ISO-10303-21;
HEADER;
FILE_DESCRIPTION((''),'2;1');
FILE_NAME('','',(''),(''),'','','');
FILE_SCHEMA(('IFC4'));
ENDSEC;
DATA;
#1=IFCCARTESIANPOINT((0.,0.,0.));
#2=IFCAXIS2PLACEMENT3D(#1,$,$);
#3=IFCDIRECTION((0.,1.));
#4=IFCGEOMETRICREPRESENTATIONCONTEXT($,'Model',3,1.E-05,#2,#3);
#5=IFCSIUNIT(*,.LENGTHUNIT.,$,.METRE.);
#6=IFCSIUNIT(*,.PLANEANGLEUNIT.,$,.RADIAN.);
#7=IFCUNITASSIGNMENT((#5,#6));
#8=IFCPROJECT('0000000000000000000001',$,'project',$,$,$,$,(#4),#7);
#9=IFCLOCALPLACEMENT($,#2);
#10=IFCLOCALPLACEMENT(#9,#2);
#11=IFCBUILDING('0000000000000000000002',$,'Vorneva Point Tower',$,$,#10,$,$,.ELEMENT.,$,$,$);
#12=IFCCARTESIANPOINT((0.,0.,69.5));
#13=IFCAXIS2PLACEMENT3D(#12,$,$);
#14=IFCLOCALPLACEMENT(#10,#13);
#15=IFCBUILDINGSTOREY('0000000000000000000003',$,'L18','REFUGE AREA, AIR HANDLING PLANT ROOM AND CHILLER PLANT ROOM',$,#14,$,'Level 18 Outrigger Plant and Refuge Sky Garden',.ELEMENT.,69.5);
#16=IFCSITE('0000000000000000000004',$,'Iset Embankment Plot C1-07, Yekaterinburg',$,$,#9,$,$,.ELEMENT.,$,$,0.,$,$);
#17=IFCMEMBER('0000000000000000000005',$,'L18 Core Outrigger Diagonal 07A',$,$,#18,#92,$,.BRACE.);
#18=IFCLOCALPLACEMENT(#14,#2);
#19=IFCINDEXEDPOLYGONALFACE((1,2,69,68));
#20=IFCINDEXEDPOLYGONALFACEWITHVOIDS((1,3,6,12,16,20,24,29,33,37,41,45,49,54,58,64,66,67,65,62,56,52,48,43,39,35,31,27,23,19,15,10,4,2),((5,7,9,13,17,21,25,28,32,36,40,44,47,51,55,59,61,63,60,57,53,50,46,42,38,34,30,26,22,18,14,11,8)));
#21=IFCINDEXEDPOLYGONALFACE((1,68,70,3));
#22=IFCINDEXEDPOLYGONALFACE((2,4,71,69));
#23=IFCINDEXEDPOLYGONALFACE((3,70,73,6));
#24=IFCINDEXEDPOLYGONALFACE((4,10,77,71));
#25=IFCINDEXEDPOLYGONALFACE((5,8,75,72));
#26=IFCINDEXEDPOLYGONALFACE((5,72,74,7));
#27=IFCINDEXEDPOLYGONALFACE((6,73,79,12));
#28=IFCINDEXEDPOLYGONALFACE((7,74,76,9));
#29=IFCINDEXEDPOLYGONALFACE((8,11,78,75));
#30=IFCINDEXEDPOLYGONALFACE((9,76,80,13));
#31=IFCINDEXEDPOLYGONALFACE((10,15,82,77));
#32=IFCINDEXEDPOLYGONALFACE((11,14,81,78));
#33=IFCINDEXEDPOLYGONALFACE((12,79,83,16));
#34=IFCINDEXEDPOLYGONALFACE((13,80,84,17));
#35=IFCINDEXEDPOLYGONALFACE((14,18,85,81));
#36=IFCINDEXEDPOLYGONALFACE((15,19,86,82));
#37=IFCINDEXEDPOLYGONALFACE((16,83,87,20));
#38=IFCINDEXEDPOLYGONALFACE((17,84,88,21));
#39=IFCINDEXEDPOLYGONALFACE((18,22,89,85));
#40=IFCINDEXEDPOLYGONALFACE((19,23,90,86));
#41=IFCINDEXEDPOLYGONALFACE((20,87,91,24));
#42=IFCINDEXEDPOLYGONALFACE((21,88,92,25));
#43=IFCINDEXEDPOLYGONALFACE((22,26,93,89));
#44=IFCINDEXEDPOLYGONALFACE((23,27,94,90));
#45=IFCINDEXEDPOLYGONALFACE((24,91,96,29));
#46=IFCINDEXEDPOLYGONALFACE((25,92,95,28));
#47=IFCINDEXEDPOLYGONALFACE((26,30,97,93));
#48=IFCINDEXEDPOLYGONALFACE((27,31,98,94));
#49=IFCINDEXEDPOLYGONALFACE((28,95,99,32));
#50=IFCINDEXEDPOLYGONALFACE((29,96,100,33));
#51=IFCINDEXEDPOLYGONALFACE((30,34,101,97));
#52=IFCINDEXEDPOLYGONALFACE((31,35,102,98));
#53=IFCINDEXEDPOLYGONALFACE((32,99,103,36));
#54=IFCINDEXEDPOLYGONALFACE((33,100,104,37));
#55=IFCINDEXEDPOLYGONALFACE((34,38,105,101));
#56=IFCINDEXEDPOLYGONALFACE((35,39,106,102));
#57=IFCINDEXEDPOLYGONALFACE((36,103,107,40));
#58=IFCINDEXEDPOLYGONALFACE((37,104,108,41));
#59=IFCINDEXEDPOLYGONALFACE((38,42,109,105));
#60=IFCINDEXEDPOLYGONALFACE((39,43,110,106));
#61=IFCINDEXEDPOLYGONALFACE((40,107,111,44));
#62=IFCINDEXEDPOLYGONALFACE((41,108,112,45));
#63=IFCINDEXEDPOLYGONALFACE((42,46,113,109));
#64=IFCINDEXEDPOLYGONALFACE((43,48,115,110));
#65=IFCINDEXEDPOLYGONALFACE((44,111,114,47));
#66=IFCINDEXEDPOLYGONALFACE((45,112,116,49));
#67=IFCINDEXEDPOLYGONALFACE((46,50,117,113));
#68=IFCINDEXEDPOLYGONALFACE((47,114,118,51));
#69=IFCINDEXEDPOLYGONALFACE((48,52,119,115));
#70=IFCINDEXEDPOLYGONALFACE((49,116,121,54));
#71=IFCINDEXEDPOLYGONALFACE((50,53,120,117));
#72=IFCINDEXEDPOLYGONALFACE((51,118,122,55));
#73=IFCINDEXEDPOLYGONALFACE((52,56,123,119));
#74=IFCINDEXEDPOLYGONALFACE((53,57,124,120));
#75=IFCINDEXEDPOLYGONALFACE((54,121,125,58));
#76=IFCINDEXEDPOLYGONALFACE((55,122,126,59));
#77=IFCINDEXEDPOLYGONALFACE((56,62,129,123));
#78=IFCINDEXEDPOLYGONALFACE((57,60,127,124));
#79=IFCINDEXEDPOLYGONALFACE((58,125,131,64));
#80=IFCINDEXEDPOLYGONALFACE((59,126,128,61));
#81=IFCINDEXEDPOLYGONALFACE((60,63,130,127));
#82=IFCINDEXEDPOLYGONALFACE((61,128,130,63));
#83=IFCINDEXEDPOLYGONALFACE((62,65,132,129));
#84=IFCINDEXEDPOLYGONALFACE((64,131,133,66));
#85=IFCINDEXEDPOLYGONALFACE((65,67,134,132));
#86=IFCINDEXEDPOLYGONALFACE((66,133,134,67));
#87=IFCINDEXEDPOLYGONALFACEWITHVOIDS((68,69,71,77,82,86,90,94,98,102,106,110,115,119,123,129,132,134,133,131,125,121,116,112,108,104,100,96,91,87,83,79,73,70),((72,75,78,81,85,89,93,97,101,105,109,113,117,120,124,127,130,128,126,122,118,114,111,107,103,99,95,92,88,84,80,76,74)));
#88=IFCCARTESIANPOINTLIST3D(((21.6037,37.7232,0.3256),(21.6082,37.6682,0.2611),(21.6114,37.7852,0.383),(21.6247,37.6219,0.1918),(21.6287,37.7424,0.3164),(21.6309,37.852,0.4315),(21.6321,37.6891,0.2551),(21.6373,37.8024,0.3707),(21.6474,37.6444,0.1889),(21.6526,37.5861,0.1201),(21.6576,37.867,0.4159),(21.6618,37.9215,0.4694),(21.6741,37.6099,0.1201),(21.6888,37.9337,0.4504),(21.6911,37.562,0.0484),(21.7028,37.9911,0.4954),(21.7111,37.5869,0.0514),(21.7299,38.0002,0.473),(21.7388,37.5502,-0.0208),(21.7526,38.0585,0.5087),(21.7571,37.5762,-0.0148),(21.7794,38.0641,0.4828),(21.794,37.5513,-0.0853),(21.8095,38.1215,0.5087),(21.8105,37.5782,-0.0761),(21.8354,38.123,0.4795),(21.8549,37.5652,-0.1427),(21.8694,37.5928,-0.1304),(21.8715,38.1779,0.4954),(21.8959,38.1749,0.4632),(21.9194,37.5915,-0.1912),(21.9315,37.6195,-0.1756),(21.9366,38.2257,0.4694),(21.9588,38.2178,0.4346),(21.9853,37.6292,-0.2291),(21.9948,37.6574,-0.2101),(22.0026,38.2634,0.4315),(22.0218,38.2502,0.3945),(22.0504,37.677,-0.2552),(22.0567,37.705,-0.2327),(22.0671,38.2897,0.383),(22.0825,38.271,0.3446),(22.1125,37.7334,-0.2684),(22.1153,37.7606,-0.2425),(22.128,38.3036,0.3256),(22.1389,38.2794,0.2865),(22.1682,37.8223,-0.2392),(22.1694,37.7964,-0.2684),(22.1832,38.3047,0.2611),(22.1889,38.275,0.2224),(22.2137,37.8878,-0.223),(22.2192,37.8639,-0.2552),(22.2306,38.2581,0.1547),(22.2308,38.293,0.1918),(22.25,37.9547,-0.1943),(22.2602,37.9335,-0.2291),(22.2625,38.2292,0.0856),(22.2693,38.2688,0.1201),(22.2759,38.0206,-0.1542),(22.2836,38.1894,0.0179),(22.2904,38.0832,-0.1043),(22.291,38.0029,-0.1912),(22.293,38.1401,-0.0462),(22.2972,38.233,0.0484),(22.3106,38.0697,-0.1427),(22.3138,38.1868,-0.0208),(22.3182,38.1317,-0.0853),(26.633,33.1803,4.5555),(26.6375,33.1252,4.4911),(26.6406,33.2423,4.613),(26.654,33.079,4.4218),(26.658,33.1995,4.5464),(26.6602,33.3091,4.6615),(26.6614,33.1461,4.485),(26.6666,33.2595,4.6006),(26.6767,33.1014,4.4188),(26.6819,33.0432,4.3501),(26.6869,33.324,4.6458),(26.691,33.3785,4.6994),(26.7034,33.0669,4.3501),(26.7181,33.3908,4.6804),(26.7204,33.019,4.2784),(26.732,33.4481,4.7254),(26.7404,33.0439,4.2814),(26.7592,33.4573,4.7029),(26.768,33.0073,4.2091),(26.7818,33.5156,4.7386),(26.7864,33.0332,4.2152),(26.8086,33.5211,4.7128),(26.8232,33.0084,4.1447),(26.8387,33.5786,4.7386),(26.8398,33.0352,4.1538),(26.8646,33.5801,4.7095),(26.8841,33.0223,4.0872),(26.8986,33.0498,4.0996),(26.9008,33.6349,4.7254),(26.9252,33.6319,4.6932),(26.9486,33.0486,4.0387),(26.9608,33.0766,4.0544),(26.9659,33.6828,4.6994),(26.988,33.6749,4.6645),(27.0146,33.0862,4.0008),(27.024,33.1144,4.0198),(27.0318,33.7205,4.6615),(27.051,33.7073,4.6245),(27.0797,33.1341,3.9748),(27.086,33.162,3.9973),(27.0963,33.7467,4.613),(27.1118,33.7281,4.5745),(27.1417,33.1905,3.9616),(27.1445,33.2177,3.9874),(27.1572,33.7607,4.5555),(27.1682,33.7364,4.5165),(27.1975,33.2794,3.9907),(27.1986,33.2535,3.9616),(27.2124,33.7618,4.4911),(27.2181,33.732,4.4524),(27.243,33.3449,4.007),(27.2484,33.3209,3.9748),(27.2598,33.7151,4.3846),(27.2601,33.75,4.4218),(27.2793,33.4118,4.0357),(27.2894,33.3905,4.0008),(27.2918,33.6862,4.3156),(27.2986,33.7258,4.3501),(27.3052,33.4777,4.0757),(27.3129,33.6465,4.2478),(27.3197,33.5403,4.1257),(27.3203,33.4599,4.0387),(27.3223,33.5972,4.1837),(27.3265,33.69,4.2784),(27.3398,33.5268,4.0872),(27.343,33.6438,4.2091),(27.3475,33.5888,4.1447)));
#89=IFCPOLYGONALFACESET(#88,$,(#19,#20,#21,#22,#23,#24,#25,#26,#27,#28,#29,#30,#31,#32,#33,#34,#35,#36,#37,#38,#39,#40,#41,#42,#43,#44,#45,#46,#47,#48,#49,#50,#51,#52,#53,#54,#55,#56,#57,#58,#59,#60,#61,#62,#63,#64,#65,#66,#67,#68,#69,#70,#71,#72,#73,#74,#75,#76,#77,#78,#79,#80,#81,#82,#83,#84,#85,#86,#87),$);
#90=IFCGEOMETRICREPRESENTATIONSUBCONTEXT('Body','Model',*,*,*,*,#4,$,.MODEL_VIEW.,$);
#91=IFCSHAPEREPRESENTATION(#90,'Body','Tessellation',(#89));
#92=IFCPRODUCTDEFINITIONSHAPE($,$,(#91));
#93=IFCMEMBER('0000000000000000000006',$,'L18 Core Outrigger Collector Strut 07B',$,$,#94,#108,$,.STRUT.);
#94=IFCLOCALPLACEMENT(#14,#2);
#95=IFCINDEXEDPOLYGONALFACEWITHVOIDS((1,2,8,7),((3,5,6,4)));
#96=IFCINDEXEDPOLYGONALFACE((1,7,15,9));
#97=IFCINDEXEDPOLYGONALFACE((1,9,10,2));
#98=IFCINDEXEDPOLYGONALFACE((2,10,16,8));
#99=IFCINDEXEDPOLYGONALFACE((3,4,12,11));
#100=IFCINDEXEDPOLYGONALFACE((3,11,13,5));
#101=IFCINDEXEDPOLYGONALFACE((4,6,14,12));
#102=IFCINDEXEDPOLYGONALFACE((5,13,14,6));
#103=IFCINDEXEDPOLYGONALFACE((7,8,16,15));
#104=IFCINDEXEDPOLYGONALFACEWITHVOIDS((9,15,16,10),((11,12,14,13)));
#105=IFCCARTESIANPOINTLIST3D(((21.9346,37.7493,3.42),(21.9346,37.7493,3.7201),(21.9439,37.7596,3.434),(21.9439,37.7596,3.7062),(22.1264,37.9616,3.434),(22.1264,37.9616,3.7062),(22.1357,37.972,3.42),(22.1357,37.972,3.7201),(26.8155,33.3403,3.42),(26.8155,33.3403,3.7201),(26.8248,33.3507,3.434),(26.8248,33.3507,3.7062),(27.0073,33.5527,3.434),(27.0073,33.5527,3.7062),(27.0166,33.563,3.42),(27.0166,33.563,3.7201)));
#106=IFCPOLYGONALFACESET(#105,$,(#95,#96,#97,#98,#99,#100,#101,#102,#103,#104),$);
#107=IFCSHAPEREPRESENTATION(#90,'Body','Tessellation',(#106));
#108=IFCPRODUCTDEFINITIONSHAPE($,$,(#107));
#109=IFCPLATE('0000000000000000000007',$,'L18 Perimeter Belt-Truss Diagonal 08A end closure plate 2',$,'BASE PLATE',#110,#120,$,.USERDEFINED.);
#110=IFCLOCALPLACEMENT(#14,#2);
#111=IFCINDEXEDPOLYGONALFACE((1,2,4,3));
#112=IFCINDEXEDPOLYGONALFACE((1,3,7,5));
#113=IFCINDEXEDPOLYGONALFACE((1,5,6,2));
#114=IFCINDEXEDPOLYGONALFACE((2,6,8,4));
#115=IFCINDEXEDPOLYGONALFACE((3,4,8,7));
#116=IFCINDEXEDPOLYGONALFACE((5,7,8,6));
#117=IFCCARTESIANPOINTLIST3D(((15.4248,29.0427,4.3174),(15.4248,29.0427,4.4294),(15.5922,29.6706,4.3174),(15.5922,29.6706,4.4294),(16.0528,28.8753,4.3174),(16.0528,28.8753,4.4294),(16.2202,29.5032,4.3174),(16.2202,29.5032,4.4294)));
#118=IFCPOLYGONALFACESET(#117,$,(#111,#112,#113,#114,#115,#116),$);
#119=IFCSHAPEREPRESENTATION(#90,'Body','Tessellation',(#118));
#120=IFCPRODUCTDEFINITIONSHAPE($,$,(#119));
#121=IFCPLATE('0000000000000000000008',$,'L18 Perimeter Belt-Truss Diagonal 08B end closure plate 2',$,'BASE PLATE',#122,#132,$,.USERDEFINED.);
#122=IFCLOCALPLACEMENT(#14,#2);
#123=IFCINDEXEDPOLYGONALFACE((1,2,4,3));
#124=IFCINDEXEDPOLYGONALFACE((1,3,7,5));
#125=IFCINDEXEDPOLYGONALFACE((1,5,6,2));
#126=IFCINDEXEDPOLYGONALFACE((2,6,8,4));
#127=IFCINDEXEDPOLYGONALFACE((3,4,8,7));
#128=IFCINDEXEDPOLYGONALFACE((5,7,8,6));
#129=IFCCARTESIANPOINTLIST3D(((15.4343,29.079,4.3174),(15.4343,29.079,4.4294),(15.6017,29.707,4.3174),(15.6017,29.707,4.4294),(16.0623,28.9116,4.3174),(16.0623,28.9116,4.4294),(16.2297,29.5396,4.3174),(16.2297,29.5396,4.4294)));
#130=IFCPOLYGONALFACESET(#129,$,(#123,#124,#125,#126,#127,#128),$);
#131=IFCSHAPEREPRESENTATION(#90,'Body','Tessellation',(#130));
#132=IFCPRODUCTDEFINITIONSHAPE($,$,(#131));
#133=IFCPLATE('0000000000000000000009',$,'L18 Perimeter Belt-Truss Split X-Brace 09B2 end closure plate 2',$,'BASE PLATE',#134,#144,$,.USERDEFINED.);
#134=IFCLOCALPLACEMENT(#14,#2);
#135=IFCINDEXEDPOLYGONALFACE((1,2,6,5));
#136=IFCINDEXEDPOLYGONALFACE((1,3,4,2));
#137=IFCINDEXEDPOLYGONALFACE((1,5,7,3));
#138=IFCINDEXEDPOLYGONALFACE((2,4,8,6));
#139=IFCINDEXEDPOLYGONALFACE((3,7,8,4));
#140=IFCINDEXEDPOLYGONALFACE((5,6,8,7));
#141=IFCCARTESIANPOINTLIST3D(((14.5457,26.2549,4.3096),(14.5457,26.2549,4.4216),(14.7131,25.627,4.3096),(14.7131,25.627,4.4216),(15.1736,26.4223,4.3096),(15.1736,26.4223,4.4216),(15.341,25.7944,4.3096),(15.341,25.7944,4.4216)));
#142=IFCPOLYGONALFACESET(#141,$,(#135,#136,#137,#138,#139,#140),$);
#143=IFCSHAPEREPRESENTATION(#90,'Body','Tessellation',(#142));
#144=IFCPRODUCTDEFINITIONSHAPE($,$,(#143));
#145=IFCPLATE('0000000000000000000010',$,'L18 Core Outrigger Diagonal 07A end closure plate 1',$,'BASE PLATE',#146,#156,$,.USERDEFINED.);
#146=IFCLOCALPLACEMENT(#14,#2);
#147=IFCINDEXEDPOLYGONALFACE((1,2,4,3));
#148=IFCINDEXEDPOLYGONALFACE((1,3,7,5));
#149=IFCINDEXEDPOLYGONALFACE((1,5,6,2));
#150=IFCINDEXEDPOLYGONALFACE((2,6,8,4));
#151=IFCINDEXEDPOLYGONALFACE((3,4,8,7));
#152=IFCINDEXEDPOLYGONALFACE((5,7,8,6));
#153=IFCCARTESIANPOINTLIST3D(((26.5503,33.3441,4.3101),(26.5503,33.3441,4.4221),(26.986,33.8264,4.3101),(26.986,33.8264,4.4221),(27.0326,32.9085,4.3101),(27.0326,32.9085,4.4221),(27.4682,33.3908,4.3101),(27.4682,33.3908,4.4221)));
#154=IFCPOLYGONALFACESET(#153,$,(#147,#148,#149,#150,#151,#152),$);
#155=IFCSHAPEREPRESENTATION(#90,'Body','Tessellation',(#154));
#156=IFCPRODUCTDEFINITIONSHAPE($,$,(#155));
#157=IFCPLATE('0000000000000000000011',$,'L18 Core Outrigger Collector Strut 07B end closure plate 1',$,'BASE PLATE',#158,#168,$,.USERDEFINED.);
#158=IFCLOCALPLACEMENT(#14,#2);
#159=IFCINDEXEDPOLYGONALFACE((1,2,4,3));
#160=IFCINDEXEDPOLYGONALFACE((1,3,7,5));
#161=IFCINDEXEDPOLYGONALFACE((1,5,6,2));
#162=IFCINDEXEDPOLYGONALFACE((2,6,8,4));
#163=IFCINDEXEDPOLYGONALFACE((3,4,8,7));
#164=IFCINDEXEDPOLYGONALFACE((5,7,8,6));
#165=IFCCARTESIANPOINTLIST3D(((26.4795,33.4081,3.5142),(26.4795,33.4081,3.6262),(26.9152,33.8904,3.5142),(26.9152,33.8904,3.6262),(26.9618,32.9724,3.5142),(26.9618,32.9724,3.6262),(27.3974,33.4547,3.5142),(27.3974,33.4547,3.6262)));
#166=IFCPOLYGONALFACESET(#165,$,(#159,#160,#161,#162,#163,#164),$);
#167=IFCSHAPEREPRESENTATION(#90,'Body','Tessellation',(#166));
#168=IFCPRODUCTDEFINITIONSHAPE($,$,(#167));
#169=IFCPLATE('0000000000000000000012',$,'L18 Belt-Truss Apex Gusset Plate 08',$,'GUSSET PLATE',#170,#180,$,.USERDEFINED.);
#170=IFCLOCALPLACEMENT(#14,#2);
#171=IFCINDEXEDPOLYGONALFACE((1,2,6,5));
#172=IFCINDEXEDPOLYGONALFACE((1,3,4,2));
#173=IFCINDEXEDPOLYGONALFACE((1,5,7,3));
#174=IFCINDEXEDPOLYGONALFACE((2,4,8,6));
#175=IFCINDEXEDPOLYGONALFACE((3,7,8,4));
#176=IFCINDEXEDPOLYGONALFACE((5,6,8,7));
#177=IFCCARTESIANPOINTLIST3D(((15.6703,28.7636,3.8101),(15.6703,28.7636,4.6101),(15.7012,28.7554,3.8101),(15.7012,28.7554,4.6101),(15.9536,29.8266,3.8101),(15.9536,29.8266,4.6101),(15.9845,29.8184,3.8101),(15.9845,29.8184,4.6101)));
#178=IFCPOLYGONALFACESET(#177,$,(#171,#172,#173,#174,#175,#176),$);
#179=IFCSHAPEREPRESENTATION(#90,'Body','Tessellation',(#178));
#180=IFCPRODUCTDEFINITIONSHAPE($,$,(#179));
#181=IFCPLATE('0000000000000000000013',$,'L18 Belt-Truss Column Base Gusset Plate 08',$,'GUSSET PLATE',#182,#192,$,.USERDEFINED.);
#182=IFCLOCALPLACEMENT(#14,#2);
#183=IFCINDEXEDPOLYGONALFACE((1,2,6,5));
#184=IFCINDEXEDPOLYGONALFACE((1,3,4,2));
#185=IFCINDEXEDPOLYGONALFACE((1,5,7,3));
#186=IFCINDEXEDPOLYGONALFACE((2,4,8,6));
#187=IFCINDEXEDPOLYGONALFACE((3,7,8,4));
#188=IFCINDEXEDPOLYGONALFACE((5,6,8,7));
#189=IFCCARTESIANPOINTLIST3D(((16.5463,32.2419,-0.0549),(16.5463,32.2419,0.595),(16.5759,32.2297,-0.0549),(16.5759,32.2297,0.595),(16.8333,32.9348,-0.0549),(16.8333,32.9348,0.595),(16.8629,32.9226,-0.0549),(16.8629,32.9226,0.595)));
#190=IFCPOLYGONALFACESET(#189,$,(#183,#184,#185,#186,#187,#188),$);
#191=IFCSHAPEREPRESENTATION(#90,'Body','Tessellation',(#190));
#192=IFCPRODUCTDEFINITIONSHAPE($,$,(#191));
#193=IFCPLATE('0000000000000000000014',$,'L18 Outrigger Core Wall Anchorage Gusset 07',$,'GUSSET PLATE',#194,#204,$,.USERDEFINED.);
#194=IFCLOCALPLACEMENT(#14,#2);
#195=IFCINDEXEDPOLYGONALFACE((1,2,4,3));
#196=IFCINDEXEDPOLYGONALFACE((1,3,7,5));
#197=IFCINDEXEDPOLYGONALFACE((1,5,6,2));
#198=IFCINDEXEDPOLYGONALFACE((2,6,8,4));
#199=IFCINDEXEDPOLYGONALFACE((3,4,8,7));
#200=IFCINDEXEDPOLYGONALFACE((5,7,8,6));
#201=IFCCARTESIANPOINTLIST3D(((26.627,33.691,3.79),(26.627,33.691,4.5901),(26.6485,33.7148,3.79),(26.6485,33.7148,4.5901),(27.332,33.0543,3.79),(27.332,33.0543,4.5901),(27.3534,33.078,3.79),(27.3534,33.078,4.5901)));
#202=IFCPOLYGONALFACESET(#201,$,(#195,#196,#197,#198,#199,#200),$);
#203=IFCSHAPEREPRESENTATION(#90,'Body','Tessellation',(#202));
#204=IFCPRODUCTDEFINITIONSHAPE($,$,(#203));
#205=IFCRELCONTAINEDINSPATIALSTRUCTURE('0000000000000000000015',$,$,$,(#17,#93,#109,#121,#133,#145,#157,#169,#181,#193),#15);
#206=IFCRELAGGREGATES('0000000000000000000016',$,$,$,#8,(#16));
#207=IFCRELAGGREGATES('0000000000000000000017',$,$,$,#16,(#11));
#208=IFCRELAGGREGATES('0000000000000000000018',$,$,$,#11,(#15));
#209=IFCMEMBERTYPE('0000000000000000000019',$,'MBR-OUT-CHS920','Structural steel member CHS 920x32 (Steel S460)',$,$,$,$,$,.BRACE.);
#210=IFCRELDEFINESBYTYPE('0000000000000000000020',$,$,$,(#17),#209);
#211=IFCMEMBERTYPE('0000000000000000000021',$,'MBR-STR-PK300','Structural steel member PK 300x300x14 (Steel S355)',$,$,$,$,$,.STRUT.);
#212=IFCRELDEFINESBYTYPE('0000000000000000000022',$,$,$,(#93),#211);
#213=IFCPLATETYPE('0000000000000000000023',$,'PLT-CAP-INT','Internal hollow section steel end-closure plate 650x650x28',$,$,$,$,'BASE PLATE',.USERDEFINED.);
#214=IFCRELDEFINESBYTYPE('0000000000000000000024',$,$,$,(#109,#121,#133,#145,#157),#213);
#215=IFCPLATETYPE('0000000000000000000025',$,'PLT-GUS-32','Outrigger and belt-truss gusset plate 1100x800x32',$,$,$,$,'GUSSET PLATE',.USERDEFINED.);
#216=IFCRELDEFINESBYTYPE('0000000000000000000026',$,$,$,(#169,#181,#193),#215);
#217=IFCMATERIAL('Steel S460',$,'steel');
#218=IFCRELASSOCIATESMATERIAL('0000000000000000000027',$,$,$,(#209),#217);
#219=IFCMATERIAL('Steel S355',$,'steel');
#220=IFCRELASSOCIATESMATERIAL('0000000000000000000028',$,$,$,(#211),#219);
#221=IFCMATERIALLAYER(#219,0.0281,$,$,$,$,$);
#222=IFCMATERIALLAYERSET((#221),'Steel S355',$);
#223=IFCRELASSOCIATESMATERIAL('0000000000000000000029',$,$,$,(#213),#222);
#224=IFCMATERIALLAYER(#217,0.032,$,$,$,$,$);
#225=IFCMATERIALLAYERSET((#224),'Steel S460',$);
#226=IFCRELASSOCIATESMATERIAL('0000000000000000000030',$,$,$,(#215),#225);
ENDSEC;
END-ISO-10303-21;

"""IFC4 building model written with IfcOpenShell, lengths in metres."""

from ifc_helpers import new_model, si_unit, direction, frame, origin, origin_2d, place, context, subcontext, project, spatial, rectangle, hollow_rectangle, hollow_circle, extrude, material, layer, layer_set, material_profile, profile_set, type_object, element, save


model = new_model("IFC4")

# Units and contexts
model_context = context("Model", 3, precision=1e-05, world=origin(), true_north=direction((0.0, 1.0)))
body_context = subcontext(model_context, "Body", "Model", "MODEL_VIEW")
ifc_project = project(units=[si_unit("LENGTHUNIT", "METRE"), si_unit("PLANEANGLEUNIT", "RADIAN")], contexts=[model_context])

# Site, building, storey
site_placement = place(None, origin())
site = spatial("IfcSite", under=ifc_project, at=site_placement, Name="Iset Embankment Plot C1-07, Yekaterinburg", CompositionType="ELEMENT", RefElevation=0.0)
building_placement = place(site_placement, origin())
building = spatial("IfcBuilding", under=site, at=building_placement, Name="Vorneva Point Tower", CompositionType="ELEMENT")
storey_placement = place(building_placement, frame((0.0, 0.0, 69.5)))
storey = spatial("IfcBuildingStorey", under=building, at=storey_placement, Name="L18", Description="REFUGE AREA, AIR HANDLING PLANT ROOM AND CHILLER PLANT ROOM", LongName="Level 18 Outrigger Plant and Refuge Sky Garden", CompositionType="ELEMENT", Elevation=69.5)

# Shared definitions
ifc_material_1 = material(Name="Steel S460", Category="steel")
ifc_material_2 = material(Name="Steel S355", Category="steel")

# Members
ifc_material_profile_1 = material_profile(ifc_material_1, hollow_circle(Radius=0.46, WallThickness=0.032, at=origin_2d()), Name="CHS 920x32")
ifc_profile_set_1 = profile_set([ifc_material_profile_1], Name="Steel S460")
member_type_1 = type_object("IfcMemberType", Name="MBR-OUT-CHS920", Description="Structural steel member CHS 920x32 (Steel S460)", PredefinedType="BRACE", material=ifc_profile_set_1)
member_1_placement = place(storey_placement, frame((26.9902, 33.3845, 4.3501), z_axis=(-0.629523, 0.568649, -0.529471), x_axis=(-0.670317, -0.742075, 0.0)))
element("IfcMember", 1, at=member_1_placement, inside=storey, type_object=member_type_1, Name="L18 Core Outrigger Diagonal 07A", PredefinedType="BRACE", context=body_context, shape_type="SweptSolid", body=[
    extrude(hollow_circle(Radius=0.46, WallThickness=0.032, at=origin_2d()), origin(), (0.0, 0.0, 1.0), 7.989),
])
ifc_material_profile_2 = material_profile(ifc_material_2, hollow_rectangle(XDim=0.3, YDim=0.3, WallThickness=0.0139, at=origin_2d()), Name="PK 300x300x14")
ifc_profile_set_2 = profile_set([ifc_material_profile_2], Name="Steel S355")
member_type_2 = type_object("IfcMemberType", Name="MBR-STR-PK300", Description="Structural steel member PK 300x300x14 (Steel S355)", PredefinedType="STRUT", material=ifc_profile_set_2)
member_2_placement = place(storey_placement, frame((26.916, 33.4517, 3.5701), z_axis=(-0.742071, 0.670321, 0.0), x_axis=(-0.670321, -0.742071, 0.0)))
element("IfcMember", 2, at=member_2_placement, inside=storey, type_object=member_type_2, Name="L18 Core Outrigger Collector Strut 07B", PredefinedType="STRUT", context=body_context, shape_type="SweptSolid", body=[
    extrude(hollow_rectangle(XDim=0.3, YDim=0.3, WallThickness=0.0139, at=origin_2d()), origin(), (0.0, 0.0, 1.0), 6.5774),
])

# Plates
ifc_layer_1 = layer(ifc_material_2, 0.0281)
ifc_layer_set_1 = layer_set([ifc_layer_1], Name="Steel S355")
plate_type_1 = type_object("IfcPlateType", Name="PLT-CAP-INT", Description="Internal hollow section steel end-closure plate 650x650x28", ElementType="BASE PLATE", PredefinedType="USERDEFINED", material=ifc_layer_set_1)
for number, where, z_axis, x_axis, name in (
    (3, (15.8225, 29.2729, 4.3174), (0.0, 0.0, 1.0), (-0.257571, -0.966259, 0.0), "L18 Perimeter Belt-Truss Diagonal 08A end closure plate 2"),
    (4, (15.832, 29.3093, 4.3174), (0.0, 0.0, 1.0), (0.257571, 0.966259, 0.0), "L18 Perimeter Belt-Truss Diagonal 08B end closure plate 2"),
    (5, (14.9434, 26.0247, 4.3096), (0.0, 0.0, 1.0), (-0.257571, 0.966259, 0.0), "L18 Perimeter Belt-Truss Split X-Brace 09B2 end closure plate 2"),
    (6, (27.0093, 33.3674, 4.3101), (0.0, 0.0, 1.0), (-0.742081, 0.67031, 0.0), "L18 Core Outrigger Diagonal 07A end closure plate 1"),
    (7, (26.9385, 33.4314, 3.5142), (0.0, 0.0, 1.0), (-0.742081, 0.67031, 0.0), "L18 Core Outrigger Collector Strut 07B end closure plate 1"),
):
    element("IfcPlate", number, at=place(storey_placement, frame(where, z_axis=z_axis, x_axis=x_axis)), inside=storey, type_object=plate_type_1, Name=name, ObjectType="BASE PLATE", PredefinedType="USERDEFINED", context=body_context, shape_type="SweptSolid", body=[
        extrude(rectangle(XDim=0.6499, YDim=0.6499, at=origin_2d()), origin(), (0.0, 0.0, 1.0), 0.1121),
    ])
ifc_layer_2 = layer(ifc_material_1, 0.032)
ifc_layer_set_2 = layer_set([ifc_layer_2], Name="Steel S460")
plate_type_2 = type_object("IfcPlateType", Name="PLT-GUS-32", Description="Outrigger and belt-truss gusset plate 1100x800x32", ElementType="GUSSET PLATE", PredefinedType="USERDEFINED", material=ifc_layer_set_2)
plate_1_placement = place(storey_placement, frame((15.8274, 29.291, 3.8101), z_axis=(0.0, 0.0, 1.0), x_axis=(-0.257571, -0.966259, 0.0)))
element("IfcPlate", 8, at=plate_1_placement, inside=storey, type_object=plate_type_2, Name="L18 Belt-Truss Apex Gusset Plate 08", ObjectType="GUSSET PLATE", PredefinedType="USERDEFINED", context=body_context, shape_type="SweptSolid", body=[
    extrude(rectangle(XDim=1.1001, YDim=0.032, at=origin_2d()), origin(), (0.0, 0.0, 1.0), 0.8),
])
plate_2_placement = place(storey_placement, frame((16.7046, 32.5823, -0.0549), z_axis=(0.0, 0.0, 1.0), x_axis=(-0.382683, -0.92388, 0.0)))
element("IfcPlate", 9, at=plate_2_placement, inside=storey, type_object=plate_type_2, Name="L18 Belt-Truss Column Base Gusset Plate 08", ObjectType="GUSSET PLATE", PredefinedType="USERDEFINED", context=body_context, shape_type="SweptSolid", body=[
    extrude(rectangle(XDim=0.75, YDim=0.032, at=origin_2d()), origin(), (0.0, 0.0, 1.0), 0.6499),
])
plate_3_placement = place(storey_placement, frame((26.9902, 33.3845, 3.79), z_axis=(0.0, 0.0, 1.0), x_axis=(-0.742081, 0.67031, 0.0)))
element("IfcPlate", 10, at=plate_3_placement, inside=storey, type_object=plate_type_2, Name="L18 Outrigger Core Wall Anchorage Gusset 07", ObjectType="GUSSET PLATE", PredefinedType="USERDEFINED", context=body_context, shape_type="SweptSolid", body=[
    extrude(rectangle(XDim=0.95, YDim=0.032, at=origin_2d()), origin(), (0.0, 0.0, 1.0), 0.8),
])

save(model, "model.ifc")
